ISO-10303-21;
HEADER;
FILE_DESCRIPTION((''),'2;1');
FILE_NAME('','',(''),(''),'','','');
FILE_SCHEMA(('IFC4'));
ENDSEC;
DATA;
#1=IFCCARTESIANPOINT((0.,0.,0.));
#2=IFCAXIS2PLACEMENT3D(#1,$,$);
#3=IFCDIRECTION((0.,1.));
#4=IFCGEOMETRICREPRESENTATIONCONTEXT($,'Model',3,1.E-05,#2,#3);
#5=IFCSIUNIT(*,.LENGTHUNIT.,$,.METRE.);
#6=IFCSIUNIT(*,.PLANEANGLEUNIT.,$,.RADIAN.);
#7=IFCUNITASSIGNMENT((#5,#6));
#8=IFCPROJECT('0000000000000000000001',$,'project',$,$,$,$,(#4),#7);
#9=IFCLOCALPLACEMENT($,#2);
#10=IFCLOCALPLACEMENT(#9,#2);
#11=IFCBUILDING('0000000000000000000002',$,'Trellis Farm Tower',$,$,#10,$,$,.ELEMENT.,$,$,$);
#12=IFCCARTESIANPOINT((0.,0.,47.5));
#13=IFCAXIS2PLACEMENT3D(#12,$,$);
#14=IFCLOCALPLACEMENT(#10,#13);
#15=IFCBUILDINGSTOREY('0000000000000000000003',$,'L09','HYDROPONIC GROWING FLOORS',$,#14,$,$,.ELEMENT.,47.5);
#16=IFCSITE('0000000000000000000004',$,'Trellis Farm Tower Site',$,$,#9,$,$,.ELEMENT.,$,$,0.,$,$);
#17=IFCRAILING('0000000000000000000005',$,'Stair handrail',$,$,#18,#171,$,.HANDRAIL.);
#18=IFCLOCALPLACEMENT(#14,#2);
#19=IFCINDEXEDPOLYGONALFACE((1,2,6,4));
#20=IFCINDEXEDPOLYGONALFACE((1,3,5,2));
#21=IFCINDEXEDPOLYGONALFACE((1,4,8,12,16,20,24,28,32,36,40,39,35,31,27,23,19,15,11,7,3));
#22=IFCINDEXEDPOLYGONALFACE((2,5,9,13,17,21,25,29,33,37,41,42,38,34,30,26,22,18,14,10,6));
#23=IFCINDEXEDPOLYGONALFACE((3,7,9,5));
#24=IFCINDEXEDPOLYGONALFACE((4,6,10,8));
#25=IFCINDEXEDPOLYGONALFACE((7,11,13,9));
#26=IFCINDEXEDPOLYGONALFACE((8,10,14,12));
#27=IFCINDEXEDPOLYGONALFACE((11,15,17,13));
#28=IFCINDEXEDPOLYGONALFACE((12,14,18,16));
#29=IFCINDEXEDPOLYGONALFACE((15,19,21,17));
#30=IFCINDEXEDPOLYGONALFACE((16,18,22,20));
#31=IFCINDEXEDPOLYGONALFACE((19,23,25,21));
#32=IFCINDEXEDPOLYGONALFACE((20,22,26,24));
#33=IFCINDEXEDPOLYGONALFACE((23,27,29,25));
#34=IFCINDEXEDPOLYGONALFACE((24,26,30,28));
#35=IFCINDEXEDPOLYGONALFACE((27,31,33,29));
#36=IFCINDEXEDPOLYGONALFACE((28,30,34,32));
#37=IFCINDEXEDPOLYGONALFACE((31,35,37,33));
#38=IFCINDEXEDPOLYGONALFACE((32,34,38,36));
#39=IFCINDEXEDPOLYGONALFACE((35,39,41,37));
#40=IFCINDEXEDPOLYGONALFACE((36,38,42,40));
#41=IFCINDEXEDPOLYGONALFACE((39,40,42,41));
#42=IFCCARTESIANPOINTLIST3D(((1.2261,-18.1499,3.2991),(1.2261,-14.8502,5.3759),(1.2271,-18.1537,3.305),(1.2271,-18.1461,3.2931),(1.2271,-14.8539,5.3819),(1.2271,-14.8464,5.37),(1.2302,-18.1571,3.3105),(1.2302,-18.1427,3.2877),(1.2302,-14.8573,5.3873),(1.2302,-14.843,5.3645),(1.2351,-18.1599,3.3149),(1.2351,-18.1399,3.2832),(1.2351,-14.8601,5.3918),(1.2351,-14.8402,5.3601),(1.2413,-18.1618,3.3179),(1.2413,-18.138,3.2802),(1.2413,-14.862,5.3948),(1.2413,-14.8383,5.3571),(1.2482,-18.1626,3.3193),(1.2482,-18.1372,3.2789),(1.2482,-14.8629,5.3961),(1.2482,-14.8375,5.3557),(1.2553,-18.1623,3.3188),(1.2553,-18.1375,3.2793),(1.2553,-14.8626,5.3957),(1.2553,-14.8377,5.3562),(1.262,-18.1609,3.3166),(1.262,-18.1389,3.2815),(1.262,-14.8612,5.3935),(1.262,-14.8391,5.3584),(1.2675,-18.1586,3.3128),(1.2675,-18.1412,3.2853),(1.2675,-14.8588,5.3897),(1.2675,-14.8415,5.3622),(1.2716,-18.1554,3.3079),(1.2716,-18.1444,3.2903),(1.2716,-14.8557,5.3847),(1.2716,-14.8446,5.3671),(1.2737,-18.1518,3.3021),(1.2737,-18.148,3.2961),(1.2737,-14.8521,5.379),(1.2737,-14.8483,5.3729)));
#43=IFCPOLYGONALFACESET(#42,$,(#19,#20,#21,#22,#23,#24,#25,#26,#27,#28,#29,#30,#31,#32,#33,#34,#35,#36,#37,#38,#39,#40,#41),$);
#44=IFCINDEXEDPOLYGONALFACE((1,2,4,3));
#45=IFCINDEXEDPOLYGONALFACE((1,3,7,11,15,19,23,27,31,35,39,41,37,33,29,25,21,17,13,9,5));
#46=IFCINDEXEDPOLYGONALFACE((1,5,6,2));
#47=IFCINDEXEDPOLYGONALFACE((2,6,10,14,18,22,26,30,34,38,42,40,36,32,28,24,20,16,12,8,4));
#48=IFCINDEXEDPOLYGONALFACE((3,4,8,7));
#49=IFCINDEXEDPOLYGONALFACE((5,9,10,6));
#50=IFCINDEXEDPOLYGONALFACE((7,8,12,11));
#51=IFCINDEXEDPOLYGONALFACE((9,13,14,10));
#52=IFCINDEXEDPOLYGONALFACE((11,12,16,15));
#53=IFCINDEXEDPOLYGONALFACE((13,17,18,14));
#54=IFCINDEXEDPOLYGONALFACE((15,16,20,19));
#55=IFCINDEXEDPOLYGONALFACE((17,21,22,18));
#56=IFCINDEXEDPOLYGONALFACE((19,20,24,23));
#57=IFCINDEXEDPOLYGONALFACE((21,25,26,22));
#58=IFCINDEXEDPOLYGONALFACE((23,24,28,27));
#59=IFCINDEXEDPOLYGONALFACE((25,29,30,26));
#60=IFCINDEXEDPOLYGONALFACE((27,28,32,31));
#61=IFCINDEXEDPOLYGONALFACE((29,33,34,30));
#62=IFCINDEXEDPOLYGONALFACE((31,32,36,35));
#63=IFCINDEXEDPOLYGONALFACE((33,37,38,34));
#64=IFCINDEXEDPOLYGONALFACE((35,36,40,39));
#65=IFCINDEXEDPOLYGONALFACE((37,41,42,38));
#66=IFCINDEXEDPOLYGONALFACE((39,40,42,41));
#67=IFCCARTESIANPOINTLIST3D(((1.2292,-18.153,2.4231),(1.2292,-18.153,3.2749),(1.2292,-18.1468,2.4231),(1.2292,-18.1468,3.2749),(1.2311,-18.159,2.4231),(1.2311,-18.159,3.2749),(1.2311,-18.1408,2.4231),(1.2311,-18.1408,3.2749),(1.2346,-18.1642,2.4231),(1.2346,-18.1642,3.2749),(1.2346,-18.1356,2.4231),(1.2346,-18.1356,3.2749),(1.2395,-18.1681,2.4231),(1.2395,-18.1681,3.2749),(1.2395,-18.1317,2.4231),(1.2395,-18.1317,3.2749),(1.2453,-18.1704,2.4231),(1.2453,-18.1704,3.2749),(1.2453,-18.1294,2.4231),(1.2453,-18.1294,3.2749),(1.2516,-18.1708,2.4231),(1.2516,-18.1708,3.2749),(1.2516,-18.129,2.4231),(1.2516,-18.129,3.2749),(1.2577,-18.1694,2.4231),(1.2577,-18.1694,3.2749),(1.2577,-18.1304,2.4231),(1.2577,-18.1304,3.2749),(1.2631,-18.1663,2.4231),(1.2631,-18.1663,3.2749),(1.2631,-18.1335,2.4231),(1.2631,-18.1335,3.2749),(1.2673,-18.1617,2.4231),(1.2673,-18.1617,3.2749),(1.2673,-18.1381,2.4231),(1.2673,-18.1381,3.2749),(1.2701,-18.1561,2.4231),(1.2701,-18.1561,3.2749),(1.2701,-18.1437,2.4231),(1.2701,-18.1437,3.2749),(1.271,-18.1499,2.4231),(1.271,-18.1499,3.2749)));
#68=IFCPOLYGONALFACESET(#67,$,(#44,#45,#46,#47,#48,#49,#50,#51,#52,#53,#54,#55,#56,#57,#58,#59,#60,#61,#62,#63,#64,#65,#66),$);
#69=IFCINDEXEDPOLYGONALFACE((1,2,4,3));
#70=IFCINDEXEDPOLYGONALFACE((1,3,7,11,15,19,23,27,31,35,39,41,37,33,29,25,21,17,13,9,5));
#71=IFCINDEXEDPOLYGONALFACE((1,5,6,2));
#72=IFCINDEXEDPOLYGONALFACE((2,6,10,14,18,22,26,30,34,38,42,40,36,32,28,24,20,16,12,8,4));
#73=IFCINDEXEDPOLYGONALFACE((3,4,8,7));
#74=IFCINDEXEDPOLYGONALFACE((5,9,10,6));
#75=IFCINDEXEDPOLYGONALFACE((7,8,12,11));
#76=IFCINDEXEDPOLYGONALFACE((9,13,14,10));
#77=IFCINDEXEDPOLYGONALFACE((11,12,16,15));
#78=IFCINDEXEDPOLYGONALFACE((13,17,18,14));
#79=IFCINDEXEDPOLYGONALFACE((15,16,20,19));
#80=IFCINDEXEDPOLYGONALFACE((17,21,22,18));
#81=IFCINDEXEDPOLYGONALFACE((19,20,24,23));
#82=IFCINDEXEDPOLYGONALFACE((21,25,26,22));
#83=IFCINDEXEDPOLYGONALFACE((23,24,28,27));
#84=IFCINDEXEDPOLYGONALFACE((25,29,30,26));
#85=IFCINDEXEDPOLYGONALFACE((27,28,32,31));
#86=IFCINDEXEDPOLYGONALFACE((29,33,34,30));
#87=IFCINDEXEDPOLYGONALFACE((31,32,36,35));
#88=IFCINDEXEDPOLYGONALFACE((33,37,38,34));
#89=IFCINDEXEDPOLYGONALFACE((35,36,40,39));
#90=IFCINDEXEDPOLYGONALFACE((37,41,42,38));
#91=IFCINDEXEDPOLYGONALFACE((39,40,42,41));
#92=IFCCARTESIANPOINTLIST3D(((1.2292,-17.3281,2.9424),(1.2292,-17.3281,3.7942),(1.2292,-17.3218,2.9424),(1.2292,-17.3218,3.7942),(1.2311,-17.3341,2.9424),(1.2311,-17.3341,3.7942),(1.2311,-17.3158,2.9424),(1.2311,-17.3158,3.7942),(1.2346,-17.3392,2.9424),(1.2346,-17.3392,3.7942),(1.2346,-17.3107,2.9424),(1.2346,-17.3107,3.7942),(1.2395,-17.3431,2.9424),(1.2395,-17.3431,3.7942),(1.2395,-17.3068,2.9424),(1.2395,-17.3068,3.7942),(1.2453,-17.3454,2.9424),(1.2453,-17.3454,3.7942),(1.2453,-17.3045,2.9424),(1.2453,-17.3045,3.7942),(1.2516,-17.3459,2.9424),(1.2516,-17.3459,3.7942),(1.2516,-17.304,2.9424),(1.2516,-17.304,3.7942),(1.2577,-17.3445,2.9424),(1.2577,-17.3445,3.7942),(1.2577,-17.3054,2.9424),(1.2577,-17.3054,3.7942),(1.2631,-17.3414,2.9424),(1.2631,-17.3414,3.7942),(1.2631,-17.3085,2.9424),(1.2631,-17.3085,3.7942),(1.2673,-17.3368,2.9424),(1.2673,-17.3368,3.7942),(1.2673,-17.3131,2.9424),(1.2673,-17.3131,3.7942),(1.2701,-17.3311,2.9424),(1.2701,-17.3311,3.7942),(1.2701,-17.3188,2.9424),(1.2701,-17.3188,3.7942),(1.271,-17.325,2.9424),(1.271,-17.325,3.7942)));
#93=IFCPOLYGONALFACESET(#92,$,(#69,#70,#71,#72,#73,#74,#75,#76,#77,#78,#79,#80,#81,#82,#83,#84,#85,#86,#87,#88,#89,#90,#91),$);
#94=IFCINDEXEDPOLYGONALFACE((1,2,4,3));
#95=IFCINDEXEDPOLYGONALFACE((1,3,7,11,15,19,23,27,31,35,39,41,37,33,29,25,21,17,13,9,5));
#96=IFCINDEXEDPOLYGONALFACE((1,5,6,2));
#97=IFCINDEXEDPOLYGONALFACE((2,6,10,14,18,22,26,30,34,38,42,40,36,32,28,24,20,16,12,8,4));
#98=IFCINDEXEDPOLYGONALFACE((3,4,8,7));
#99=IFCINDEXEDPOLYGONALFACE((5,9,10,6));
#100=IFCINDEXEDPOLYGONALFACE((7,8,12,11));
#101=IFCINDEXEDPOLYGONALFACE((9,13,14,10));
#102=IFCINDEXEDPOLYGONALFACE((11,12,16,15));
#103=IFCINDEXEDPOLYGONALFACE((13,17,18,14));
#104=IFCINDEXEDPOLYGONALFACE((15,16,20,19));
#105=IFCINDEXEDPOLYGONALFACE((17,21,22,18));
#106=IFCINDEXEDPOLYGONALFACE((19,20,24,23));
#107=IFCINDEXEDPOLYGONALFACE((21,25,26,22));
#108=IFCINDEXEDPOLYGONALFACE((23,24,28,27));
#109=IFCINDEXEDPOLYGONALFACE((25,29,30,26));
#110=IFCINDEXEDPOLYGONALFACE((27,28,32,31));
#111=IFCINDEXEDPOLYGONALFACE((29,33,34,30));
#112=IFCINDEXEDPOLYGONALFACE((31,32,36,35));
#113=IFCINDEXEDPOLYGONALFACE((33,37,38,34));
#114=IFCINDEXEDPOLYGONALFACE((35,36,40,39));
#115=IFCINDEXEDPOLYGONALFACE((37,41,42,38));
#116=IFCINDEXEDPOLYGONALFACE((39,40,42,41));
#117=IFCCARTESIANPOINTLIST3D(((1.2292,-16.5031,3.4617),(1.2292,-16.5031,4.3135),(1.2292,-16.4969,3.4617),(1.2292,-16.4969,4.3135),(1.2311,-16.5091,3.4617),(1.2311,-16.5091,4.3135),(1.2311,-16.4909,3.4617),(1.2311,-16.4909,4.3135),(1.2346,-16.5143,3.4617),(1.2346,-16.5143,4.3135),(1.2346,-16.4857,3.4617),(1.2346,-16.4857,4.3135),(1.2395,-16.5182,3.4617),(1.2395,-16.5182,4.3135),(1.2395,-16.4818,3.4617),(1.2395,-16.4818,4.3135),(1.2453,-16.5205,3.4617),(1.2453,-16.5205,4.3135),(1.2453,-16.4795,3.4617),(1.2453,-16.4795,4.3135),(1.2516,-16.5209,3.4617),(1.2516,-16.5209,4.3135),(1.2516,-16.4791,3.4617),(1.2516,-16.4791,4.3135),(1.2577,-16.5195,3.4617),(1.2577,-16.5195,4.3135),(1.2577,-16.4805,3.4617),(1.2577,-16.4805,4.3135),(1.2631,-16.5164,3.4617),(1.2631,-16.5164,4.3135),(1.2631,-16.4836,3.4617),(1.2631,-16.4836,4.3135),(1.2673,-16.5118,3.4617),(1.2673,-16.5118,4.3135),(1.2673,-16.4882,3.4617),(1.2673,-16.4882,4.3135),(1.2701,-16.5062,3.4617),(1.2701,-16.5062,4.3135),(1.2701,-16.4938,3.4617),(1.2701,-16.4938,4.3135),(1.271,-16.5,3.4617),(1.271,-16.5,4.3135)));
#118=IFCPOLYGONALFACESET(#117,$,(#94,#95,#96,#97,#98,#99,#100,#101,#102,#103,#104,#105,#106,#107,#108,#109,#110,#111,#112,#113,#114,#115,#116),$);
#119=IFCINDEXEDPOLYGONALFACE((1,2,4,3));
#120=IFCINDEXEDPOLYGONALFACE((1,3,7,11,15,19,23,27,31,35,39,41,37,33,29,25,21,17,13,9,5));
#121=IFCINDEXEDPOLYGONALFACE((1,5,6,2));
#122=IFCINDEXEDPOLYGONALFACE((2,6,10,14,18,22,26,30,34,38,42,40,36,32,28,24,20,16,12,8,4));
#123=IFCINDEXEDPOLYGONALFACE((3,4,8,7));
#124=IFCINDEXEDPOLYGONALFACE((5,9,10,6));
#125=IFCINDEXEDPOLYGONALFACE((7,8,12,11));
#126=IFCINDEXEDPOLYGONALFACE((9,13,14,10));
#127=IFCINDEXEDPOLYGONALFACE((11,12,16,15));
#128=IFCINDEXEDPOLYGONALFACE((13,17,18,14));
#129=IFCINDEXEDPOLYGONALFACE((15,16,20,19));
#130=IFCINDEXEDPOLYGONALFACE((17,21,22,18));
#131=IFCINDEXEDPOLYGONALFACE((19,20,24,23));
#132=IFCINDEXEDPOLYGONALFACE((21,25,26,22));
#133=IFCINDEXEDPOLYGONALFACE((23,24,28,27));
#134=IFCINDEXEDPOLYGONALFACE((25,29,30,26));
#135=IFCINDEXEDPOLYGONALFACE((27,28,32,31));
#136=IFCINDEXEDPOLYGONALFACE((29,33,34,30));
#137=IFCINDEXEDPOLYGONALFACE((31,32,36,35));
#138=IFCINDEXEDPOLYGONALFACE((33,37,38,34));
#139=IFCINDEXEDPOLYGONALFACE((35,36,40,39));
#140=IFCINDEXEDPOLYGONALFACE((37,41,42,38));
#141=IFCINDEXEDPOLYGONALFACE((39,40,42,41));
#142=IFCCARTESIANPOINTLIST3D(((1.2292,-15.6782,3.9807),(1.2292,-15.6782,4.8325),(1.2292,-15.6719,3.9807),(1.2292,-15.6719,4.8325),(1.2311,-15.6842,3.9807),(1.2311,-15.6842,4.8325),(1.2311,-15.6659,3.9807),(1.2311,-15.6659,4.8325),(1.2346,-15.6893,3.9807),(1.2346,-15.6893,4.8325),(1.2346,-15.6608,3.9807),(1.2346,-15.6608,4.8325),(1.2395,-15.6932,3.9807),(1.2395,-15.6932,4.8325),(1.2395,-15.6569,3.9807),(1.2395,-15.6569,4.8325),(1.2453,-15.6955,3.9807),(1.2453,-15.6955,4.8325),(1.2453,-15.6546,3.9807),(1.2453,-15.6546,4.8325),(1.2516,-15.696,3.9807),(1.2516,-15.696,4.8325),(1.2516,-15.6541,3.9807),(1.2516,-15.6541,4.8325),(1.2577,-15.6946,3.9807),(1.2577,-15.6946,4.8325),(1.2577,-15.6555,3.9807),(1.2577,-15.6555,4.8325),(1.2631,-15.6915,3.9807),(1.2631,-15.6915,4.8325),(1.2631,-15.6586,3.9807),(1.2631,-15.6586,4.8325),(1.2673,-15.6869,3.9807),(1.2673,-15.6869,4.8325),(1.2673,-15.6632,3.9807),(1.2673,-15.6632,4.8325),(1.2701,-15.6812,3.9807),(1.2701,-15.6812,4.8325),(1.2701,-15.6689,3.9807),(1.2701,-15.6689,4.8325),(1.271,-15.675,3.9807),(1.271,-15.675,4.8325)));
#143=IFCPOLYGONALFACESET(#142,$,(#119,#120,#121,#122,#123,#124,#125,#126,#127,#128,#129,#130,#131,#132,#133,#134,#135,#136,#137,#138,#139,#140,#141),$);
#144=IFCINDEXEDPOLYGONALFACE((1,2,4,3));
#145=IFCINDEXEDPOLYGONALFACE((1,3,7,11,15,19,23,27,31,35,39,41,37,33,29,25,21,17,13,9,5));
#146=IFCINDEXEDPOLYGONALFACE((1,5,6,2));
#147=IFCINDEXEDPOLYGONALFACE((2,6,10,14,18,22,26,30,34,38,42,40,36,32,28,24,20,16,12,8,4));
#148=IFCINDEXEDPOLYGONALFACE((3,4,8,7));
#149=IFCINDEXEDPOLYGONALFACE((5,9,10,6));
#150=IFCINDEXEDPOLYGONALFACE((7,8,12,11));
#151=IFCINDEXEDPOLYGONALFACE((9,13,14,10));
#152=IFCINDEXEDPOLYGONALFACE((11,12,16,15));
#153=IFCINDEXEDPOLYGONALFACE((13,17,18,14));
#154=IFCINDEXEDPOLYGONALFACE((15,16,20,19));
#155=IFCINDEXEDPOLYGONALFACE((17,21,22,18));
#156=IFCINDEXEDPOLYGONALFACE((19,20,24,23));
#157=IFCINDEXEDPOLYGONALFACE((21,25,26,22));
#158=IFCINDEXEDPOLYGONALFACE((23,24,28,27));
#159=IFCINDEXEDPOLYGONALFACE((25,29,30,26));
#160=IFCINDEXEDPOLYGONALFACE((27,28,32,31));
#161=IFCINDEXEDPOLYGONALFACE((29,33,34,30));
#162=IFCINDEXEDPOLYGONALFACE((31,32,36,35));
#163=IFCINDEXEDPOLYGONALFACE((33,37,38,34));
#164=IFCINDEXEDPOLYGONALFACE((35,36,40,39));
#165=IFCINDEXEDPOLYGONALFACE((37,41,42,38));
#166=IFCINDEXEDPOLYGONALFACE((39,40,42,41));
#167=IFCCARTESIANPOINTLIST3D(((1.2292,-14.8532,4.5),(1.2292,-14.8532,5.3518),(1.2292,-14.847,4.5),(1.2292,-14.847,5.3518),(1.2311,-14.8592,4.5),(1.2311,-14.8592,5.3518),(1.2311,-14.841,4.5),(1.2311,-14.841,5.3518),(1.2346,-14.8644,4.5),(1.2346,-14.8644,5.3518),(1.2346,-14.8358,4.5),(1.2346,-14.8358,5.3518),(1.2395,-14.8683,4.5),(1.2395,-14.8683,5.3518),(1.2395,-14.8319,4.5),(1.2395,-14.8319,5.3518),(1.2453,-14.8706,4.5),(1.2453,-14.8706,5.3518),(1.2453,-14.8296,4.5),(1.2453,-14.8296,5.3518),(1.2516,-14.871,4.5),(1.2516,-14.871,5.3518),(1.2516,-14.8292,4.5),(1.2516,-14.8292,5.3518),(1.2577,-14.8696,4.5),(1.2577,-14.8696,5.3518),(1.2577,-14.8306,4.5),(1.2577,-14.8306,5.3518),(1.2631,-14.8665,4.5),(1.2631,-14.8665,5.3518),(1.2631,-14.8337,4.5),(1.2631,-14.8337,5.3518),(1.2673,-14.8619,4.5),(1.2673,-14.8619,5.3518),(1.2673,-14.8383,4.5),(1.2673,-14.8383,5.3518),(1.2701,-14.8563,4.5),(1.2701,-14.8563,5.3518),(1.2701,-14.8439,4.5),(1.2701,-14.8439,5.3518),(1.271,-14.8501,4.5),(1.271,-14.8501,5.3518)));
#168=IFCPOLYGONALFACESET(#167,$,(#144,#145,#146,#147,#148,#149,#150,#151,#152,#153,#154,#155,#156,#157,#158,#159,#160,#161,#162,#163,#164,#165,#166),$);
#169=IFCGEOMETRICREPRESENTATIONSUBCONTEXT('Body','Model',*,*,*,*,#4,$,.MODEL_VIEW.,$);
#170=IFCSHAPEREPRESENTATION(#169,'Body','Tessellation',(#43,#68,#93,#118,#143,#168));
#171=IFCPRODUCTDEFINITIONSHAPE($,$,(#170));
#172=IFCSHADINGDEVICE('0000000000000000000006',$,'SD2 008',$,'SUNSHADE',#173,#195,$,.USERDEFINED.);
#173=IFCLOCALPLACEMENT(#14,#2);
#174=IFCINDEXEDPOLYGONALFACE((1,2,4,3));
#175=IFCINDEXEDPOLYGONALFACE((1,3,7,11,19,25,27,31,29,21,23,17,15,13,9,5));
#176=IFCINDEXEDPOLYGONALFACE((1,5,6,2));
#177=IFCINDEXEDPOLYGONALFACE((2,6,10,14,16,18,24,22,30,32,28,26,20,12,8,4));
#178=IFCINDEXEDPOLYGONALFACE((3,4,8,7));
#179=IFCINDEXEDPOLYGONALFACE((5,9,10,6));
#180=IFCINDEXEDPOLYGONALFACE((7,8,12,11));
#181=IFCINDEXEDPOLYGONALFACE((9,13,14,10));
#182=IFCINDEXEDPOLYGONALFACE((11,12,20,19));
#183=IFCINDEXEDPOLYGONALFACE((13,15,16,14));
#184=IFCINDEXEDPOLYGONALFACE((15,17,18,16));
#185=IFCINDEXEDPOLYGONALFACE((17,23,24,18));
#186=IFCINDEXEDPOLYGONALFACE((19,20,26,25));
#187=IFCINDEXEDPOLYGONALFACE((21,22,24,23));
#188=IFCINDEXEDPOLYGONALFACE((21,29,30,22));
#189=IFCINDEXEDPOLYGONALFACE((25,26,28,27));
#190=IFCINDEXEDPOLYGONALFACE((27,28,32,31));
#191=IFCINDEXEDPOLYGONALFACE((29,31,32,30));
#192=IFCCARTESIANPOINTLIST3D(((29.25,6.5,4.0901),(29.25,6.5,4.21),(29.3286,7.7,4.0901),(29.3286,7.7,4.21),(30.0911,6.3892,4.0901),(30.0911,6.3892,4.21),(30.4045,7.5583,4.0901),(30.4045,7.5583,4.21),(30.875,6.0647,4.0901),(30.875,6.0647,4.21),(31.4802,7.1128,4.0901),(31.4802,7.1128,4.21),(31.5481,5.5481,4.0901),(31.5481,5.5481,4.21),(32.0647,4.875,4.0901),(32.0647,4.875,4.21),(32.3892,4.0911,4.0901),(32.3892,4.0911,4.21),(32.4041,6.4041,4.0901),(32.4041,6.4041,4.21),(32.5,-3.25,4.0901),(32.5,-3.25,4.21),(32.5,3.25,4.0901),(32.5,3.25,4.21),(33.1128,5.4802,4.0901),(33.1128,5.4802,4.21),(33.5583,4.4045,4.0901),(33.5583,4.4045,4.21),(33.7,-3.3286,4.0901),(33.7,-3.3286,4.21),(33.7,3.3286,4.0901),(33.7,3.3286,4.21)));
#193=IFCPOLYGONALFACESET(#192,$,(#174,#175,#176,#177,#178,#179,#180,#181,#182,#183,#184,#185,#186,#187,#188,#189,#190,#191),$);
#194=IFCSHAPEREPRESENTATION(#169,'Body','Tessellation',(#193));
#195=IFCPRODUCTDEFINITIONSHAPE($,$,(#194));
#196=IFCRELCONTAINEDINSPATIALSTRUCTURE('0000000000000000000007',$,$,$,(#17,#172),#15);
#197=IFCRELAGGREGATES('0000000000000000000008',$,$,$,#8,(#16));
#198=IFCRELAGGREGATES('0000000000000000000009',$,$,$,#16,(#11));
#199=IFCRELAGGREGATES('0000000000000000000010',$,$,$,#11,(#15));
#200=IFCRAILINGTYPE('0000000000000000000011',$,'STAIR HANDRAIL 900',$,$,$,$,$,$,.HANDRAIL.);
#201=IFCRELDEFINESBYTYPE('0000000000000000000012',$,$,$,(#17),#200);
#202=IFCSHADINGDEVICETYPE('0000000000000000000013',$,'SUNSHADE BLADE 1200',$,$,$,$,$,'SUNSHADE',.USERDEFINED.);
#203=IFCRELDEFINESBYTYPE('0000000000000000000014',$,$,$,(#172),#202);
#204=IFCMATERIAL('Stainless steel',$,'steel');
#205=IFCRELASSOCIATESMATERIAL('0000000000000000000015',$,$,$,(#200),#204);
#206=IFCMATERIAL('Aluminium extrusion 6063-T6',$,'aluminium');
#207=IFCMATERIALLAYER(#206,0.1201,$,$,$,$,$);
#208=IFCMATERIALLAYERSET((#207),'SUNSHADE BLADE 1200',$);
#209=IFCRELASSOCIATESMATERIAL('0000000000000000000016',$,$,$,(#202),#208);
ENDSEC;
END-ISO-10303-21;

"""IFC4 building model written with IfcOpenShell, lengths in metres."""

from ifc_helpers import new_model, si_unit, direction, frame, origin, origin_2d, place, context, subcontext, project, spatial, polyline, circle, outline, extrude, source, transform, mapped, material, layer, layer_set, type_object, element, save


model = new_model("IFC4")

# Units and contexts
model_context = context("Model", 3, precision=1e-05, world=origin(), true_north=direction((0.0, 1.0)))
body_context = subcontext(model_context, "Body", "Model", "MODEL_VIEW")
ifc_project = project(units=[si_unit("LENGTHUNIT", "METRE"), si_unit("PLANEANGLEUNIT", "RADIAN")], contexts=[model_context])

# Site, building, storey
site_placement = place(None, origin())
site = spatial("IfcSite", under=ifc_project, at=site_placement, Name="Trellis Farm Tower Site", CompositionType="ELEMENT", RefElevation=0.0)
building_placement = place(site_placement, origin())
building = spatial("IfcBuilding", under=site, at=building_placement, Name="Trellis Farm Tower", CompositionType="ELEMENT")
storey_placement = place(building_placement, frame((0.0, 0.0, 47.5)))
storey = spatial("IfcBuildingStorey", under=building, at=storey_placement, Name="L09", Description="HYDROPONIC GROWING FLOORS", CompositionType="ELEMENT", Elevation=47.5)

# Shared definitions
ifc_material_1 = material(Name="Aluminium extrusion 6063-T6", Category="aluminium")

# Railing
ifc_material_2 = material(Name="Stainless steel", Category="steel")
railing_type = type_object("IfcRailingType", Name="STAIR HANDRAIL 900", PredefinedType="HANDRAIL", material=ifc_material_2)
shared_shape_1 = source(origin(), body_context, "Body", "SweptSolid", [
    extrude(circle(Radius=0.0239, at=origin_2d()), frame((0.0, 0.0, 0.876), z_axis=(0.0, 0.84632, 0.532675), x_axis=(-1.0, 0.0, 0.0)), (0.0, 0.0, 1.0), 3.8989),
    extrude(circle(Radius=0.021, at=origin_2d()), origin(), (0.0, 0.0, 1.0), 0.8518),
    extrude(circle(Radius=0.021, at=origin_2d()), frame((0.0, 0.825, 0.5193)), (0.0, 0.0, 1.0), 0.8518),
    extrude(circle(Radius=0.021, at=origin_2d()), frame((0.0, 1.6499, 1.0386)), (0.0, 0.0, 1.0), 0.8518),
    extrude(circle(Radius=0.021, at=origin_2d()), frame((0.0, 2.4749, 1.5576)), (0.0, 0.0, 1.0), 0.8518),
    extrude(circle(Radius=0.021, at=origin_2d()), frame((0.0, 3.2998, 2.0769)), (0.0, 0.0, 1.0), 0.8518),
])
railing_placement = place(storey_placement, frame((1.25, -18.1499, 2.4231)))
element("IfcRailing", 1, at=railing_placement, inside=storey, type_object=railing_type, Name="Stair handrail", PredefinedType="HANDRAIL", context=body_context, shape_type="MappedRepresentation", body=[
    mapped(shared_shape_1, transform((0.0, 0.0, 0.0))),
])

# Shading device
ifc_layer_1 = layer(ifc_material_1, 0.1201)
ifc_layer_set_1 = layer_set([ifc_layer_1], Name="SUNSHADE BLADE 1200")
shading_device_type = type_object("IfcShadingDeviceType", Name="SUNSHADE BLADE 1200", ElementType="SUNSHADE", PredefinedType="USERDEFINED", material=ifc_layer_set_1)
shared_shape_2 = source(origin(), body_context, "Body", "SweptSolid", [
    extrude(outline(polyline([(33.7, -3.3286), (33.7, 3.3286), (33.5583, 4.4045), (33.1128, 5.4802), (32.4041, 6.4041), (31.4802, 7.1128), (30.4045, 7.5583), (29.3286, 7.7), (29.25, 6.5), (30.0911, 6.3892), (30.875, 6.0647), (31.5481, 5.5481), (32.0647, 4.875), (32.3892, 4.0911), (32.5, 3.25), (32.5, -3.25), (33.7, -3.3286)])), origin(), (0.0, 0.0, 1.0), 0.1199),
])
shading_device_placement = place(storey_placement, frame((0.0, 0.0, 4.0901)))
element("IfcShadingDevice", 2, at=shading_device_placement, inside=storey, type_object=shading_device_type, Name="SD2 008", ObjectType="SUNSHADE", PredefinedType="USERDEFINED", context=body_context, shape_type="MappedRepresentation", body=[
    mapped(shared_shape_2, transform((0.0, 0.0, 0.0))),
])

save(model, "model.ifc")
